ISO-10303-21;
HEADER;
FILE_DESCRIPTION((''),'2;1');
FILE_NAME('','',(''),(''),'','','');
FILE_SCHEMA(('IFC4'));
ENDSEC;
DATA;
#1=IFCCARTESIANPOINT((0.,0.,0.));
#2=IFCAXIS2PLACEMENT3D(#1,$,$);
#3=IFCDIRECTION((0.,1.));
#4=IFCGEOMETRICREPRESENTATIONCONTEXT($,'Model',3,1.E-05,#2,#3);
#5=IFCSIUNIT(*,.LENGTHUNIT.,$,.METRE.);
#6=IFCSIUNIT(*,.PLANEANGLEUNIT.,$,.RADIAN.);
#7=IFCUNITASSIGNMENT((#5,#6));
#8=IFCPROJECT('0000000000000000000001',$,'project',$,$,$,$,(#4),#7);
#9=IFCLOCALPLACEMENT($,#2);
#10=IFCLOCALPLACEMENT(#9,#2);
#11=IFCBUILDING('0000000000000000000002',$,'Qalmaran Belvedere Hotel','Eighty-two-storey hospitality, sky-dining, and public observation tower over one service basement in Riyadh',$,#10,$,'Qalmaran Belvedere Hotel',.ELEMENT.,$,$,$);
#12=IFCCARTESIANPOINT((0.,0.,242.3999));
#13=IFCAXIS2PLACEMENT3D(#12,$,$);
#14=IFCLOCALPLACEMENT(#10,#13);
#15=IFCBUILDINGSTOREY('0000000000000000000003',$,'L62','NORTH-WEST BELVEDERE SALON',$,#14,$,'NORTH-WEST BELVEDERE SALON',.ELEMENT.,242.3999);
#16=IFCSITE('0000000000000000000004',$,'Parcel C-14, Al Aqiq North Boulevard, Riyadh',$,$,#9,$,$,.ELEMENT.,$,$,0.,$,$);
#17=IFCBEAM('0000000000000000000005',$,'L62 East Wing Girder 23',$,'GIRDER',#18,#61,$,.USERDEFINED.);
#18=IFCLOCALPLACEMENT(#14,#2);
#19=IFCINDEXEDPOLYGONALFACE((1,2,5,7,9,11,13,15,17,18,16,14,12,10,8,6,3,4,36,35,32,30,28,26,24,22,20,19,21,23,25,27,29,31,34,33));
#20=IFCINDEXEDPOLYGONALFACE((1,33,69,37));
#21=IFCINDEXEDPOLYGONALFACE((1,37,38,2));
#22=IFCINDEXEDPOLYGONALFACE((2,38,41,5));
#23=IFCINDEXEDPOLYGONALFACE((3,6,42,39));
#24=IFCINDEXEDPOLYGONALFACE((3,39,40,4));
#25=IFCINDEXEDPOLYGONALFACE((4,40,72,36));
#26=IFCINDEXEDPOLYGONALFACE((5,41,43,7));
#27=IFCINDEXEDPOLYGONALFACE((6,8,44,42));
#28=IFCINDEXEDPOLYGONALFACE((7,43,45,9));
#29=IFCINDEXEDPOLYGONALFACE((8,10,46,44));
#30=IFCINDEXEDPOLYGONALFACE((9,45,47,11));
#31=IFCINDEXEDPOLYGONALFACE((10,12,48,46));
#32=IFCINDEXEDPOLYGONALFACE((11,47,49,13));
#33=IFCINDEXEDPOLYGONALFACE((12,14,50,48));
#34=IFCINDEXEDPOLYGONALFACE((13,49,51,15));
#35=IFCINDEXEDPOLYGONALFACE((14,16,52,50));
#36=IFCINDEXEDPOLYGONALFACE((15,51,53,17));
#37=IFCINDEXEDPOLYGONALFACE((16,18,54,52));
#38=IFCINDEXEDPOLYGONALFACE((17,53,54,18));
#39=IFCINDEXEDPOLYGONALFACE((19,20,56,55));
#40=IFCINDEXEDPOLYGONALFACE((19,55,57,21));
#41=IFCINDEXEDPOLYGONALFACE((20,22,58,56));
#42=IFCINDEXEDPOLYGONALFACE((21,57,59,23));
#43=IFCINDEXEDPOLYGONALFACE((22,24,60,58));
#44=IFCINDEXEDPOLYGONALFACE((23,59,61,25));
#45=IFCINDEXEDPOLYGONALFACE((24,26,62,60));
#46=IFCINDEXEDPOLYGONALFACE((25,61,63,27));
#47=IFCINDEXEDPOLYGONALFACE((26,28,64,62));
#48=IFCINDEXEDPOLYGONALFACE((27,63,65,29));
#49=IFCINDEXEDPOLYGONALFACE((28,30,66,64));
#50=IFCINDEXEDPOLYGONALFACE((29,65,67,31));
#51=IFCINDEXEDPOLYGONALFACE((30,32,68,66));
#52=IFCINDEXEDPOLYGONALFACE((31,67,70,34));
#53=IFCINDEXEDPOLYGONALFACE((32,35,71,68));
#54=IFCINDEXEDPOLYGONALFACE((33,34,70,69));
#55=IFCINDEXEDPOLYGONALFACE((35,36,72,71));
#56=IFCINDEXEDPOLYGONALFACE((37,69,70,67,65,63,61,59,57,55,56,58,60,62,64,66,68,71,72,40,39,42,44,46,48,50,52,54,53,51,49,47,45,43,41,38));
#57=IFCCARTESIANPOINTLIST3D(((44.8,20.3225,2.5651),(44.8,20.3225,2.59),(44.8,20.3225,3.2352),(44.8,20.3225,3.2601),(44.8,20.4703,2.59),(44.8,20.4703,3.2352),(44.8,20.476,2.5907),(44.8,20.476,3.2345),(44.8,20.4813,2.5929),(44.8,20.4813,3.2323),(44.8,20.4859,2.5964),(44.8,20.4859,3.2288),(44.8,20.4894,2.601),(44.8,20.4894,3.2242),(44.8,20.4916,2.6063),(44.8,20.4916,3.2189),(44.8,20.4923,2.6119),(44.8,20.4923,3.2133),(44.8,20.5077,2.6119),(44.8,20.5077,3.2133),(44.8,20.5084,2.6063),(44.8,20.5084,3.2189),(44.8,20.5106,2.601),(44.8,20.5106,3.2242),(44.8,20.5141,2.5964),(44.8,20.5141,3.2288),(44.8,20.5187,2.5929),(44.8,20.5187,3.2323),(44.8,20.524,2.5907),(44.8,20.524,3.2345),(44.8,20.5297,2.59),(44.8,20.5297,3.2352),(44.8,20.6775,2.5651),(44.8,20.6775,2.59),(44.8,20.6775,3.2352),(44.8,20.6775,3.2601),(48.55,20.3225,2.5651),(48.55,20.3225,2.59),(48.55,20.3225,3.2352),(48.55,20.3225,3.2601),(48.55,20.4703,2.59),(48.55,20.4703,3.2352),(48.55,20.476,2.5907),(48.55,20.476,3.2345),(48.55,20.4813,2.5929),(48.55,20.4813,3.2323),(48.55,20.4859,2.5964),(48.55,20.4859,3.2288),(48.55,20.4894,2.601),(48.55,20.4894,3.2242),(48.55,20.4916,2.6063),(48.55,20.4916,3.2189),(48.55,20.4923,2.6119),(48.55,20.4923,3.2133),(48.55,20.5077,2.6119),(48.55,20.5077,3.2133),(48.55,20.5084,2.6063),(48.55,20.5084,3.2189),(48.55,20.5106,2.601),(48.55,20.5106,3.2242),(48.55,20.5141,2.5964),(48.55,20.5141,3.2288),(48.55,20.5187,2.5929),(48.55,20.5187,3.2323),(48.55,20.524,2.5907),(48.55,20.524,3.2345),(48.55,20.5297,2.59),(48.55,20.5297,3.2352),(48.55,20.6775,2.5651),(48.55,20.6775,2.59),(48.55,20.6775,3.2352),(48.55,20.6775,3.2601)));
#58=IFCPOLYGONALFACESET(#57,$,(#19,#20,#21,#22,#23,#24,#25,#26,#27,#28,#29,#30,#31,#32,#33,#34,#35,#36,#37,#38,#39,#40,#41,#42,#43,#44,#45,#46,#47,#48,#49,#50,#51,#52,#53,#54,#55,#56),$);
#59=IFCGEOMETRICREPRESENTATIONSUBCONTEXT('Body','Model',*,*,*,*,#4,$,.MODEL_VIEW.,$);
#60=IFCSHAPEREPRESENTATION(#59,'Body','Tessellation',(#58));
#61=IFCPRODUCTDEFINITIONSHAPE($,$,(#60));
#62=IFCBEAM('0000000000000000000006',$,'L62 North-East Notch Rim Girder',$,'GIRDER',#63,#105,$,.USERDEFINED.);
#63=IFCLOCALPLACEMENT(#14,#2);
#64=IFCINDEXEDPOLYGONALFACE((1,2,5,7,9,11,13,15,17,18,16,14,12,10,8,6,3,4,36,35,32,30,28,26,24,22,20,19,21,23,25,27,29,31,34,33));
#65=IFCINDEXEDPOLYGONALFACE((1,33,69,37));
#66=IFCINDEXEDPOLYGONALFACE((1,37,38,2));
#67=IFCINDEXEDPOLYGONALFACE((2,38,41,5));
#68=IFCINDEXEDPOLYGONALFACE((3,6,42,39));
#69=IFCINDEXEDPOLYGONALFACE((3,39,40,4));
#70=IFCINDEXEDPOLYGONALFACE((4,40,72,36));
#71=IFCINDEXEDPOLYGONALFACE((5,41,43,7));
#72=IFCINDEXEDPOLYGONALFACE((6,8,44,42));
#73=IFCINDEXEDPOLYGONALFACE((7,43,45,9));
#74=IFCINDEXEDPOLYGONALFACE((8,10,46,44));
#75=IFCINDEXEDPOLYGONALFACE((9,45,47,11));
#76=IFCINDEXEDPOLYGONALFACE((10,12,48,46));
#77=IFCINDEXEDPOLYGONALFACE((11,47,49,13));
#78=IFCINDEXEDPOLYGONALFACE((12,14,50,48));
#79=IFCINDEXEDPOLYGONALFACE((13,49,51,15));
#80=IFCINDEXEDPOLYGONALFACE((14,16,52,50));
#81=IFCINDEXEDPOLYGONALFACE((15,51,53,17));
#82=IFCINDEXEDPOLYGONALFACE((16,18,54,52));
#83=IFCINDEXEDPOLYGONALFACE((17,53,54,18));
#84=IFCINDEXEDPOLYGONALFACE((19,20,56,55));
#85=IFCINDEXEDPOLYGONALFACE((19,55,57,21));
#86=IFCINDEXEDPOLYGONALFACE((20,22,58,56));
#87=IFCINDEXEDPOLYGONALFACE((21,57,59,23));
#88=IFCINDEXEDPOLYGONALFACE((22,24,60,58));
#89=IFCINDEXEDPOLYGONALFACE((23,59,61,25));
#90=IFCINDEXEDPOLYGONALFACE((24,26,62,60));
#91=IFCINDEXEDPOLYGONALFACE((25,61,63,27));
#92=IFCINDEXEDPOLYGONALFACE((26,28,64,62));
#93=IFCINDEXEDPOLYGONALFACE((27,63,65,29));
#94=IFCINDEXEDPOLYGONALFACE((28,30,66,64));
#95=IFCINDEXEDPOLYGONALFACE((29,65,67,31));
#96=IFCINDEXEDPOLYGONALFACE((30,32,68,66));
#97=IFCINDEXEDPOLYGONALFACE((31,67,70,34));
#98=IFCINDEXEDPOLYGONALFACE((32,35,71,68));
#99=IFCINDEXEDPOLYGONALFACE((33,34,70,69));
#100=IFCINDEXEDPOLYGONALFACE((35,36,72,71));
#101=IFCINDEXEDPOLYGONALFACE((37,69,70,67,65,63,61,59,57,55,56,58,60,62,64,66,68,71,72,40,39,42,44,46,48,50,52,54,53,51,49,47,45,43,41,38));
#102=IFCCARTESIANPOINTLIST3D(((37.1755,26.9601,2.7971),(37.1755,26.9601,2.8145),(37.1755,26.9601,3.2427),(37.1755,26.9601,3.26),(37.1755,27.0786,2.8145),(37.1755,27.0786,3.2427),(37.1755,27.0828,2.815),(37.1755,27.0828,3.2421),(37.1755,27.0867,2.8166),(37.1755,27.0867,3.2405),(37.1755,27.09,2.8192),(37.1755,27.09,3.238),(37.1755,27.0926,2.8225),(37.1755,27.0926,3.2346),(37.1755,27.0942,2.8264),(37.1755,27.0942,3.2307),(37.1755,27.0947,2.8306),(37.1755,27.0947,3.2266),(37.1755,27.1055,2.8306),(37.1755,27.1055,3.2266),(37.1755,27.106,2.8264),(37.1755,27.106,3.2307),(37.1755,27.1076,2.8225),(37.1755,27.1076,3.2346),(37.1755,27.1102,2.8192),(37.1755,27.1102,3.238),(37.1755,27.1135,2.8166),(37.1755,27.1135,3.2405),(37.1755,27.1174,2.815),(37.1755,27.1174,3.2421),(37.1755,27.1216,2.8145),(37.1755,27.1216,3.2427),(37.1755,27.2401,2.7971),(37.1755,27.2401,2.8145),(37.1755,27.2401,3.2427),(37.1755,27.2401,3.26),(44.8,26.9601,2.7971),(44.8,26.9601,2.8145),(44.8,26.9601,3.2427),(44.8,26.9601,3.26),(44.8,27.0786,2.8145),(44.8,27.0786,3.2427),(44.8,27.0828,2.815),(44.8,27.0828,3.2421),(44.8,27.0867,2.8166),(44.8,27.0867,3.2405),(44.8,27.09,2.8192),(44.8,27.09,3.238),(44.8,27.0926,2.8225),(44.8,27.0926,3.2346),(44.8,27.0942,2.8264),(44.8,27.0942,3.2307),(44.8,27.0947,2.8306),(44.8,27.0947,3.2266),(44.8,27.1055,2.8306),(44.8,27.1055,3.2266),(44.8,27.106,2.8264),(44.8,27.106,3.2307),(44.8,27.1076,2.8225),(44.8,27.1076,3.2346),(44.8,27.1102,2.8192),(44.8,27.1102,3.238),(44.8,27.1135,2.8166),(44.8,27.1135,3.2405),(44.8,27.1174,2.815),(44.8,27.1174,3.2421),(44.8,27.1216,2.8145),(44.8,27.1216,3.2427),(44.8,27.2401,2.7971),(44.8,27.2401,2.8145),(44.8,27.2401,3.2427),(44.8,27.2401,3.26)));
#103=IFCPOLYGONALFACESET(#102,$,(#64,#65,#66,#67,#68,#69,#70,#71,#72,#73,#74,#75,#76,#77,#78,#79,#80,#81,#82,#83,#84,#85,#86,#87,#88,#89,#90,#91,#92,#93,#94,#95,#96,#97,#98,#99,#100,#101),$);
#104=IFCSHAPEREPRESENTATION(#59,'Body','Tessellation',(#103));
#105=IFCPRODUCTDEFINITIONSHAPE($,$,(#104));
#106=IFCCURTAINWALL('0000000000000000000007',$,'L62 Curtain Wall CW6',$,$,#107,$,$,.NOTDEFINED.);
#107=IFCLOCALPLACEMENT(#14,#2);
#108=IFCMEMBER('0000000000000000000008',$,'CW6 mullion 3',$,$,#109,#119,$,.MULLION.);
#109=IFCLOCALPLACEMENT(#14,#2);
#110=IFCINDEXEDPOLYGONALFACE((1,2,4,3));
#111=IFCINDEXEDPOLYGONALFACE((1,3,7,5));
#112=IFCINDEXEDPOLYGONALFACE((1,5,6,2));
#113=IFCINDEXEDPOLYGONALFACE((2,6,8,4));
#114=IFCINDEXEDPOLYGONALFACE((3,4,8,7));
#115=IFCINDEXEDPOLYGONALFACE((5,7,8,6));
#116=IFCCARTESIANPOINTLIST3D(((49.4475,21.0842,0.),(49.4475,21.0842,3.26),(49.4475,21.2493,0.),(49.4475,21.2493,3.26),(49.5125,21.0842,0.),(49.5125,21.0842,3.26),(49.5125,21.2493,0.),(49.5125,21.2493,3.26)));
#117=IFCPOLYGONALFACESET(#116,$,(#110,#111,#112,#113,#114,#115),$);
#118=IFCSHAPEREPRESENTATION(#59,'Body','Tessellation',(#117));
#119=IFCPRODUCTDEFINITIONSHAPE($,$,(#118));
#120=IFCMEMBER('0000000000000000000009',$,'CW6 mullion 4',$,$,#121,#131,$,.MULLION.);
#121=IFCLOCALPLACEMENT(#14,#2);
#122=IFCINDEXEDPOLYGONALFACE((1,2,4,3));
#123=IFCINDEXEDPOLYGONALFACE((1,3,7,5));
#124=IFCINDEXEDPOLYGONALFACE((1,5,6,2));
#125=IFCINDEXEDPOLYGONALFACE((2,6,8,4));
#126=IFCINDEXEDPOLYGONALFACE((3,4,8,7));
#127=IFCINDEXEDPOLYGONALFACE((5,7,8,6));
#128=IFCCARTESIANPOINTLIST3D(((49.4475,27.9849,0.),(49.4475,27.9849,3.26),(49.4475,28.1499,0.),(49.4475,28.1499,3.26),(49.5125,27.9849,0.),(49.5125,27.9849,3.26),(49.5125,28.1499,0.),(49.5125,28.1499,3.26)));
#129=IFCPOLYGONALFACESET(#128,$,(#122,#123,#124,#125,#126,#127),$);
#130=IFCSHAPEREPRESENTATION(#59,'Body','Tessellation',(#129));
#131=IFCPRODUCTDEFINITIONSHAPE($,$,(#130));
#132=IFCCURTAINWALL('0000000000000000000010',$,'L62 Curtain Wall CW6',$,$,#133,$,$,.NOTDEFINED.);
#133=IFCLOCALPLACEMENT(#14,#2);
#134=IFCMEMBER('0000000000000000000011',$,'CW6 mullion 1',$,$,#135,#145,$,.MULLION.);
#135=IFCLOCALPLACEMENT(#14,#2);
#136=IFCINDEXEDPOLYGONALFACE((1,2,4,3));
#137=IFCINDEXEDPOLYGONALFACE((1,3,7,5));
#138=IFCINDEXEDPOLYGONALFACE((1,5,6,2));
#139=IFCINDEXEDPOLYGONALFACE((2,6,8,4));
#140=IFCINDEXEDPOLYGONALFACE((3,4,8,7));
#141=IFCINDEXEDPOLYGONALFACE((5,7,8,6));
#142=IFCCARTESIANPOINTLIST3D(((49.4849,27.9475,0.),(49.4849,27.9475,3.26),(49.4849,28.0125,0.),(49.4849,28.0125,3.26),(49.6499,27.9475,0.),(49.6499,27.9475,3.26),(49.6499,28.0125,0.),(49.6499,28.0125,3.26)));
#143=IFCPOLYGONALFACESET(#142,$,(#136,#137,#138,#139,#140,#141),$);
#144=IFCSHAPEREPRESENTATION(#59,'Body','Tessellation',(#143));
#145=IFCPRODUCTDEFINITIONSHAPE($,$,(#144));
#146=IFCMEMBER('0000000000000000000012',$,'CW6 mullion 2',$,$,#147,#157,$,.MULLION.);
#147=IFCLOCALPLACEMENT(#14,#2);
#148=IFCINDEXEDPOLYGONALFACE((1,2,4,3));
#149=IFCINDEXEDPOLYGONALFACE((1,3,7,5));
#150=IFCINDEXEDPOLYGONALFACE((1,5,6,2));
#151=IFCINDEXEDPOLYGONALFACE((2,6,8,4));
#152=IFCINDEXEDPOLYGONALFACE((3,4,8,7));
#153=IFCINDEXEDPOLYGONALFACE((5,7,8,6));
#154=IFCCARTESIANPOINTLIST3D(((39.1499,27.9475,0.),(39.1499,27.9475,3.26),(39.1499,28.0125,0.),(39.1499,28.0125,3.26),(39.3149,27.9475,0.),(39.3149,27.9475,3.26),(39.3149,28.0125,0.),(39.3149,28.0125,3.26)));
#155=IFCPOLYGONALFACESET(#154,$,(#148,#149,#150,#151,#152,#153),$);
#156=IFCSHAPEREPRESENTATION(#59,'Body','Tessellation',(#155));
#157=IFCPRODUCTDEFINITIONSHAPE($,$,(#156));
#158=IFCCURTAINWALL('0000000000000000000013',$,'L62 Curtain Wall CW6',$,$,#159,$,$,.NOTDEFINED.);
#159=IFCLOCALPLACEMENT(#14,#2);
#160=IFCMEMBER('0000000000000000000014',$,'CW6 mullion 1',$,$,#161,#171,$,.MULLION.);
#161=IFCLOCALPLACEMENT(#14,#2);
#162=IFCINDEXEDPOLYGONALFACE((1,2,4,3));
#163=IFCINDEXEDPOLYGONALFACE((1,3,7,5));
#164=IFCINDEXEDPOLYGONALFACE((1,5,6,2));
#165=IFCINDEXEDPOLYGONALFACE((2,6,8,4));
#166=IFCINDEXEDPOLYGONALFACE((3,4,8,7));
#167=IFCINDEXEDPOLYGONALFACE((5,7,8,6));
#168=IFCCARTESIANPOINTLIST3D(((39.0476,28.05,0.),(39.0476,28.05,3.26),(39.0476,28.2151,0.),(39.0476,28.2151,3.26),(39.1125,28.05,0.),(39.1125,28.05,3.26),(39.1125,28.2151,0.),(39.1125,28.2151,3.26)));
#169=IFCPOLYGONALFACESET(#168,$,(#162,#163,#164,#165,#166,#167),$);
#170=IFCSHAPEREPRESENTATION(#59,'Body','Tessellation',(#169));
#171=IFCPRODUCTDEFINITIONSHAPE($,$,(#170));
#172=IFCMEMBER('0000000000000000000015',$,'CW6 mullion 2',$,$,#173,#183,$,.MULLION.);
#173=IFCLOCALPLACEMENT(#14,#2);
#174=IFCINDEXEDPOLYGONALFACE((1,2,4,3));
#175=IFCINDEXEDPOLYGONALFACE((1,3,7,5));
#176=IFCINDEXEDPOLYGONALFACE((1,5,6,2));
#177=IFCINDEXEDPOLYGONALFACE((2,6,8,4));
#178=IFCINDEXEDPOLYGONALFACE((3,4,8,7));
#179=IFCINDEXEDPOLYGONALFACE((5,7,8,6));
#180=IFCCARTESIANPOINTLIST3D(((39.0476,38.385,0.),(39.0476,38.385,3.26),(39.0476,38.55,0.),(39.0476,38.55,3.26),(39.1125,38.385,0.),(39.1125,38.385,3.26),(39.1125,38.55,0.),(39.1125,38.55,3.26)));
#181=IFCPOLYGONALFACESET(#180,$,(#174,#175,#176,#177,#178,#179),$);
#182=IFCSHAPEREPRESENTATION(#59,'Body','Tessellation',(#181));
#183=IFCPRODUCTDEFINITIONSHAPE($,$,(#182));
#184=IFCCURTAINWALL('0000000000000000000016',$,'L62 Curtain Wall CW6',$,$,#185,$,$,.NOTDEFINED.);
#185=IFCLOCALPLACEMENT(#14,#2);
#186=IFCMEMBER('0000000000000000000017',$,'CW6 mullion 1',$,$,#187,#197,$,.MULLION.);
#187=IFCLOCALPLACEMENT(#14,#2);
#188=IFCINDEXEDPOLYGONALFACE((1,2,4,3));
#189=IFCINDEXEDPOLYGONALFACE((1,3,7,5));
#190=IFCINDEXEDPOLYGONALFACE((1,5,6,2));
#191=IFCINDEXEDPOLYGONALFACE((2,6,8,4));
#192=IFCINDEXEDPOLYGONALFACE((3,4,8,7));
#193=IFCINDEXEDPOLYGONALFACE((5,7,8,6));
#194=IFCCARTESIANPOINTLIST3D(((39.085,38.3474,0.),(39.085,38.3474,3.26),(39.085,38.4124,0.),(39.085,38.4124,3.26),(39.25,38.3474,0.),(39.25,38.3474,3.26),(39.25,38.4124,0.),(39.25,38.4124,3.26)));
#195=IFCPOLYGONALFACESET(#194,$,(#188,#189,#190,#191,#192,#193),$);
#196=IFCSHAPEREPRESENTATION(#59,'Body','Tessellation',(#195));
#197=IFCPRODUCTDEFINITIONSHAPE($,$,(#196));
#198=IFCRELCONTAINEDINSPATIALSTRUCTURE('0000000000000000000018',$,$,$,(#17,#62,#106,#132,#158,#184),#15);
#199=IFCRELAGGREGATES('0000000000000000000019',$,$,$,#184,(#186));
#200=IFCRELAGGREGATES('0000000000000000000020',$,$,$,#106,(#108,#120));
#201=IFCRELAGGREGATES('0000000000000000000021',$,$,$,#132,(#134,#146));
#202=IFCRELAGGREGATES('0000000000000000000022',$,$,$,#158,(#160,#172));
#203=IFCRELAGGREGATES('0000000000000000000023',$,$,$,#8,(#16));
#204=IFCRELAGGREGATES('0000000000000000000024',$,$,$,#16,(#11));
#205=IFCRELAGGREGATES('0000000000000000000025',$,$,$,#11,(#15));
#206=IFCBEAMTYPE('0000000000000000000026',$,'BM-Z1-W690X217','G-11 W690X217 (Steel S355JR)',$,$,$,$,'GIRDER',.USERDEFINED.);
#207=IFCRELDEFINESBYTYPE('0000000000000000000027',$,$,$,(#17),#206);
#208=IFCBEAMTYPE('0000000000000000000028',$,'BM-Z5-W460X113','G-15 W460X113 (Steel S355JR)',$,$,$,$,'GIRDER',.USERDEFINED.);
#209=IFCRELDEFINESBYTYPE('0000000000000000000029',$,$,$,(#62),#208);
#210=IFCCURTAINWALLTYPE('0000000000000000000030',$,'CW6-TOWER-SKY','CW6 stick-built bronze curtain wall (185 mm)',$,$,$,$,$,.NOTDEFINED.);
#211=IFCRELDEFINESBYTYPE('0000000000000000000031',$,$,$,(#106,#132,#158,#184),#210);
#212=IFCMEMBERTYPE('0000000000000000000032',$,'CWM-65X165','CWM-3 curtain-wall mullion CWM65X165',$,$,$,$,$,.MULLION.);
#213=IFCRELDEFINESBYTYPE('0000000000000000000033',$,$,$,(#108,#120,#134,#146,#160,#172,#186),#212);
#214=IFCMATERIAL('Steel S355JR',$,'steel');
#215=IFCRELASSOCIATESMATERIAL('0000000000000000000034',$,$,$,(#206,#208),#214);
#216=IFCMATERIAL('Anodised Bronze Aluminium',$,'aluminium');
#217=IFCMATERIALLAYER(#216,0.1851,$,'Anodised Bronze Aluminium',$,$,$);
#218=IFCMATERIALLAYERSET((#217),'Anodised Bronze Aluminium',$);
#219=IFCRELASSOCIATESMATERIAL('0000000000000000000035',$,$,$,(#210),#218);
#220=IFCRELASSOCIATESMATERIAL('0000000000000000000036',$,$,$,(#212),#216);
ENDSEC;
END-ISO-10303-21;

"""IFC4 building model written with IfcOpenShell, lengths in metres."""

from ifc_helpers import new_model, si_unit, direction, frame, origin, origin_2d, place, context, subcontext, project, spatial, rectangle, i_section, extrude, material, layer, layer_set, material_profile, profile_set, type_object, element, aggregate, save


model = new_model("IFC4")

# Units and contexts
model_context = context("Model", 3, precision=1e-05, world=origin(), true_north=direction((0.0, 1.0)))
body_context = subcontext(model_context, "Body", "Model", "MODEL_VIEW")
ifc_project = project(units=[si_unit("LENGTHUNIT", "METRE"), si_unit("PLANEANGLEUNIT", "RADIAN")], contexts=[model_context])

# Site, building, storey
site_placement = place(None, origin())
site = spatial("IfcSite", under=ifc_project, at=site_placement, Name="Parcel C-14, Al Aqiq North Boulevard, Riyadh", CompositionType="ELEMENT", RefElevation=0.0)
building_placement = place(site_placement, origin())
building = spatial("IfcBuilding", under=site, at=building_placement, Name="Qalmaran Belvedere Hotel", Description="Eighty-two-storey hospitality, sky-dining, and public observation tower over one service basement in Riyadh", LongName="Qalmaran Belvedere Hotel", CompositionType="ELEMENT")
storey_placement = place(building_placement, frame((0.0, 0.0, 242.3999)))
storey = spatial("IfcBuildingStorey", under=building, at=storey_placement, Name="L62", Description="NORTH-WEST BELVEDERE SALON", LongName="NORTH-WEST BELVEDERE SALON", CompositionType="ELEMENT", Elevation=242.3999)

# Beams
ifc_material_1 = material(Name="Steel S355JR", Category="steel")
ifc_material_profile_1 = material_profile(ifc_material_1, i_section(OverallWidth=0.355, OverallDepth=0.6951, WebThickness=0.0154, FlangeThickness=0.0249, FilletRadius=0.022, at=origin_2d()), Name="W690X217")
ifc_profile_set_1 = profile_set([ifc_material_profile_1], Name="Steel S355JR")
beam_type_1 = type_object("IfcBeamType", Name="BM-Z1-W690X217", Description="G-11 W690X217 (Steel S355JR)", ElementType="GIRDER", PredefinedType="USERDEFINED", material=ifc_profile_set_1)
beam_1_placement = place(storey_placement, frame((44.8, 20.5, 2.9126), z_axis=(1.0, 0.0, 0.0), x_axis=(0.0, 1.0, 0.0)))
element("IfcBeam", 1, at=beam_1_placement, inside=storey, type_object=beam_type_1, Name="L62 East Wing Girder 23", ObjectType="GIRDER", PredefinedType="USERDEFINED", context=body_context, shape_type="SweptSolid", body=[
    extrude(i_section(OverallWidth=0.355, OverallDepth=0.6951, WebThickness=0.0154, FlangeThickness=0.0249, FilletRadius=0.022, at=origin_2d()), origin(), (0.0, 0.0, 1.0), 3.75),
])
ifc_material_profile_2 = material_profile(ifc_material_1, i_section(OverallWidth=0.28, OverallDepth=0.4629, WebThickness=0.0107, FlangeThickness=0.0173, FilletRadius=0.0161, at=origin_2d()), Name="W460X113")
ifc_profile_set_2 = profile_set([ifc_material_profile_2], Name="Steel S355JR")
beam_type_2 = type_object("IfcBeamType", Name="BM-Z5-W460X113", Description="G-15 W460X113 (Steel S355JR)", ElementType="GIRDER", PredefinedType="USERDEFINED", material=ifc_profile_set_2)
beam_2_placement = place(storey_placement, frame((37.1755, 27.1001, 3.0286), z_axis=(1.0, 0.0, 0.0), x_axis=(0.0, 1.0, 0.0)))
element("IfcBeam", 2, at=beam_2_placement, inside=storey, type_object=beam_type_2, Name="L62 North-East Notch Rim Girder", ObjectType="GIRDER", PredefinedType="USERDEFINED", context=body_context, shape_type="SweptSolid", body=[
    extrude(i_section(OverallWidth=0.28, OverallDepth=0.4629, WebThickness=0.0107, FlangeThickness=0.0173, FilletRadius=0.0161, at=origin_2d()), origin(), (0.0, 0.0, 1.0), 7.6245),
])

# Curtain walls, members
ifc_material_2 = material(Name="Anodised Bronze Aluminium", Category="aluminium")
ifc_layer_1 = layer(ifc_material_2, 0.1851, Name="Anodised Bronze Aluminium")
ifc_layer_set_1 = layer_set([ifc_layer_1], Name="Anodised Bronze Aluminium")
curtain_wall_type = type_object("IfcCurtainWallType", Name="CW6-TOWER-SKY", Description="CW6 stick-built bronze curtain wall (185 mm)", PredefinedType="NOTDEFINED", material=ifc_layer_set_1)
curtain_wall_1_placement = place(storey_placement, origin())
curtain_wall_1 = element("IfcCurtainWall", 3, at=curtain_wall_1_placement, inside=storey, type_object=curtain_wall_type, Name="L62 Curtain Wall CW6", PredefinedType="NOTDEFINED")
ifc_material_profile_3 = material_profile(ifc_material_2, rectangle(XDim=0.0649, YDim=0.165, at=origin_2d()), Name="CWM65X165")
ifc_profile_set_3 = profile_set([ifc_material_profile_3], Name="Anodised Bronze Aluminium")
member_type_1 = type_object("IfcMemberType", Name="CWM-65X165", Description="CWM-3 curtain-wall mullion CWM65X165", PredefinedType="MULLION", material=ifc_profile_set_3)
member_1_placement = place(storey_placement, frame((49.48, 21.1667, 0.0), z_axis=(0.0, 0.0, 1.0), x_axis=(-1.0, 0.0, 0.0)))
member_1 = element("IfcMember", 4, at=member_1_placement, type_object=member_type_1, Name="CW6 mullion 3", PredefinedType="MULLION", context=body_context, shape_type="SweptSolid", body=[
    extrude(rectangle(XDim=0.0649, YDim=0.165, at=origin_2d()), origin(), (0.0, 0.0, 1.0), 3.26),
])
member_2_placement = place(storey_placement, frame((49.48, 28.0674, 0.0), z_axis=(0.0, 0.0, 1.0), x_axis=(-1.0, 0.0, 0.0)))
member_2 = element("IfcMember", 5, at=member_2_placement, type_object=member_type_1, Name="CW6 mullion 4", PredefinedType="MULLION", context=body_context, shape_type="SweptSolid", body=[
    extrude(rectangle(XDim=0.0649, YDim=0.165, at=origin_2d()), origin(), (0.0, 0.0, 1.0), 3.26),
])
curtain_wall_2_placement = place(storey_placement, origin())
curtain_wall_2 = element("IfcCurtainWall", 6, at=curtain_wall_2_placement, inside=storey, type_object=curtain_wall_type, Name="L62 Curtain Wall CW6", PredefinedType="NOTDEFINED")
member_3_placement = place(storey_placement, frame((49.5674, 27.98, 0.0), z_axis=(0.0, 0.0, 1.0), x_axis=(0.0, -1.0, 0.0)))
member_3 = element("IfcMember", 7, at=member_3_placement, type_object=member_type_1, Name="CW6 mullion 1", PredefinedType="MULLION", context=body_context, shape_type="SweptSolid", body=[
    extrude(rectangle(XDim=0.0649, YDim=0.165, at=origin_2d()), origin(), (0.0, 0.0, 1.0), 3.26),
])
member_4_placement = place(storey_placement, frame((39.2324, 27.98, 0.0), z_axis=(0.0, 0.0, 1.0), x_axis=(0.0, -1.0, 0.0)))
member_4 = element("IfcMember", 8, at=member_4_placement, type_object=member_type_1, Name="CW6 mullion 2", PredefinedType="MULLION", context=body_context, shape_type="SweptSolid", body=[
    extrude(rectangle(XDim=0.0649, YDim=0.165, at=origin_2d()), origin(), (0.0, 0.0, 1.0), 3.26),
])
curtain_wall_3_placement = place(storey_placement, origin())
curtain_wall_3 = element("IfcCurtainWall", 9, at=curtain_wall_3_placement, inside=storey, type_object=curtain_wall_type, Name="L62 Curtain Wall CW6", PredefinedType="NOTDEFINED")
member_5_placement = place(storey_placement, frame((39.0801, 28.1326, 0.0), z_axis=(0.0, 0.0, 1.0), x_axis=(-1.0, 0.0, 0.0)))
member_5 = element("IfcMember", 10, at=member_5_placement, type_object=member_type_1, Name="CW6 mullion 1", PredefinedType="MULLION", context=body_context, shape_type="SweptSolid", body=[
    extrude(rectangle(XDim=0.0649, YDim=0.165, at=origin_2d()), origin(), (0.0, 0.0, 1.0), 3.26),
])
member_6_placement = place(storey_placement, frame((39.0801, 38.4675, 0.0), z_axis=(0.0, 0.0, 1.0), x_axis=(-1.0, 0.0, 0.0)))
member_6 = element("IfcMember", 11, at=member_6_placement, type_object=member_type_1, Name="CW6 mullion 2", PredefinedType="MULLION", context=body_context, shape_type="SweptSolid", body=[
    extrude(rectangle(XDim=0.0649, YDim=0.165, at=origin_2d()), origin(), (0.0, 0.0, 1.0), 3.26),
])

# Curtain wall, member
curtain_wall_4_placement = place(storey_placement, origin())
curtain_wall_4 = element("IfcCurtainWall", 12, at=curtain_wall_4_placement, inside=storey, type_object=curtain_wall_type, Name="L62 Curtain Wall CW6", PredefinedType="NOTDEFINED")
member_7_placement = place(storey_placement, frame((39.1675, 38.3799, 0.0), z_axis=(0.0, 0.0, 1.0), x_axis=(0.0, -1.0, 0.0)))
member_7 = element("IfcMember", 13, at=member_7_placement, type_object=member_type_1, Name="CW6 mullion 1", PredefinedType="MULLION", context=body_context, shape_type="SweptSolid", body=[
    extrude(rectangle(XDim=0.0649, YDim=0.165, at=origin_2d()), origin(), (0.0, 0.0, 1.0), 3.26),
])

aggregate(curtain_wall_4, [member_7])

aggregate(curtain_wall_1, [member_1, member_2])
aggregate(curtain_wall_2, [member_3, member_4])
aggregate(curtain_wall_3, [member_5, member_6])

save(model, "model.ifc")
